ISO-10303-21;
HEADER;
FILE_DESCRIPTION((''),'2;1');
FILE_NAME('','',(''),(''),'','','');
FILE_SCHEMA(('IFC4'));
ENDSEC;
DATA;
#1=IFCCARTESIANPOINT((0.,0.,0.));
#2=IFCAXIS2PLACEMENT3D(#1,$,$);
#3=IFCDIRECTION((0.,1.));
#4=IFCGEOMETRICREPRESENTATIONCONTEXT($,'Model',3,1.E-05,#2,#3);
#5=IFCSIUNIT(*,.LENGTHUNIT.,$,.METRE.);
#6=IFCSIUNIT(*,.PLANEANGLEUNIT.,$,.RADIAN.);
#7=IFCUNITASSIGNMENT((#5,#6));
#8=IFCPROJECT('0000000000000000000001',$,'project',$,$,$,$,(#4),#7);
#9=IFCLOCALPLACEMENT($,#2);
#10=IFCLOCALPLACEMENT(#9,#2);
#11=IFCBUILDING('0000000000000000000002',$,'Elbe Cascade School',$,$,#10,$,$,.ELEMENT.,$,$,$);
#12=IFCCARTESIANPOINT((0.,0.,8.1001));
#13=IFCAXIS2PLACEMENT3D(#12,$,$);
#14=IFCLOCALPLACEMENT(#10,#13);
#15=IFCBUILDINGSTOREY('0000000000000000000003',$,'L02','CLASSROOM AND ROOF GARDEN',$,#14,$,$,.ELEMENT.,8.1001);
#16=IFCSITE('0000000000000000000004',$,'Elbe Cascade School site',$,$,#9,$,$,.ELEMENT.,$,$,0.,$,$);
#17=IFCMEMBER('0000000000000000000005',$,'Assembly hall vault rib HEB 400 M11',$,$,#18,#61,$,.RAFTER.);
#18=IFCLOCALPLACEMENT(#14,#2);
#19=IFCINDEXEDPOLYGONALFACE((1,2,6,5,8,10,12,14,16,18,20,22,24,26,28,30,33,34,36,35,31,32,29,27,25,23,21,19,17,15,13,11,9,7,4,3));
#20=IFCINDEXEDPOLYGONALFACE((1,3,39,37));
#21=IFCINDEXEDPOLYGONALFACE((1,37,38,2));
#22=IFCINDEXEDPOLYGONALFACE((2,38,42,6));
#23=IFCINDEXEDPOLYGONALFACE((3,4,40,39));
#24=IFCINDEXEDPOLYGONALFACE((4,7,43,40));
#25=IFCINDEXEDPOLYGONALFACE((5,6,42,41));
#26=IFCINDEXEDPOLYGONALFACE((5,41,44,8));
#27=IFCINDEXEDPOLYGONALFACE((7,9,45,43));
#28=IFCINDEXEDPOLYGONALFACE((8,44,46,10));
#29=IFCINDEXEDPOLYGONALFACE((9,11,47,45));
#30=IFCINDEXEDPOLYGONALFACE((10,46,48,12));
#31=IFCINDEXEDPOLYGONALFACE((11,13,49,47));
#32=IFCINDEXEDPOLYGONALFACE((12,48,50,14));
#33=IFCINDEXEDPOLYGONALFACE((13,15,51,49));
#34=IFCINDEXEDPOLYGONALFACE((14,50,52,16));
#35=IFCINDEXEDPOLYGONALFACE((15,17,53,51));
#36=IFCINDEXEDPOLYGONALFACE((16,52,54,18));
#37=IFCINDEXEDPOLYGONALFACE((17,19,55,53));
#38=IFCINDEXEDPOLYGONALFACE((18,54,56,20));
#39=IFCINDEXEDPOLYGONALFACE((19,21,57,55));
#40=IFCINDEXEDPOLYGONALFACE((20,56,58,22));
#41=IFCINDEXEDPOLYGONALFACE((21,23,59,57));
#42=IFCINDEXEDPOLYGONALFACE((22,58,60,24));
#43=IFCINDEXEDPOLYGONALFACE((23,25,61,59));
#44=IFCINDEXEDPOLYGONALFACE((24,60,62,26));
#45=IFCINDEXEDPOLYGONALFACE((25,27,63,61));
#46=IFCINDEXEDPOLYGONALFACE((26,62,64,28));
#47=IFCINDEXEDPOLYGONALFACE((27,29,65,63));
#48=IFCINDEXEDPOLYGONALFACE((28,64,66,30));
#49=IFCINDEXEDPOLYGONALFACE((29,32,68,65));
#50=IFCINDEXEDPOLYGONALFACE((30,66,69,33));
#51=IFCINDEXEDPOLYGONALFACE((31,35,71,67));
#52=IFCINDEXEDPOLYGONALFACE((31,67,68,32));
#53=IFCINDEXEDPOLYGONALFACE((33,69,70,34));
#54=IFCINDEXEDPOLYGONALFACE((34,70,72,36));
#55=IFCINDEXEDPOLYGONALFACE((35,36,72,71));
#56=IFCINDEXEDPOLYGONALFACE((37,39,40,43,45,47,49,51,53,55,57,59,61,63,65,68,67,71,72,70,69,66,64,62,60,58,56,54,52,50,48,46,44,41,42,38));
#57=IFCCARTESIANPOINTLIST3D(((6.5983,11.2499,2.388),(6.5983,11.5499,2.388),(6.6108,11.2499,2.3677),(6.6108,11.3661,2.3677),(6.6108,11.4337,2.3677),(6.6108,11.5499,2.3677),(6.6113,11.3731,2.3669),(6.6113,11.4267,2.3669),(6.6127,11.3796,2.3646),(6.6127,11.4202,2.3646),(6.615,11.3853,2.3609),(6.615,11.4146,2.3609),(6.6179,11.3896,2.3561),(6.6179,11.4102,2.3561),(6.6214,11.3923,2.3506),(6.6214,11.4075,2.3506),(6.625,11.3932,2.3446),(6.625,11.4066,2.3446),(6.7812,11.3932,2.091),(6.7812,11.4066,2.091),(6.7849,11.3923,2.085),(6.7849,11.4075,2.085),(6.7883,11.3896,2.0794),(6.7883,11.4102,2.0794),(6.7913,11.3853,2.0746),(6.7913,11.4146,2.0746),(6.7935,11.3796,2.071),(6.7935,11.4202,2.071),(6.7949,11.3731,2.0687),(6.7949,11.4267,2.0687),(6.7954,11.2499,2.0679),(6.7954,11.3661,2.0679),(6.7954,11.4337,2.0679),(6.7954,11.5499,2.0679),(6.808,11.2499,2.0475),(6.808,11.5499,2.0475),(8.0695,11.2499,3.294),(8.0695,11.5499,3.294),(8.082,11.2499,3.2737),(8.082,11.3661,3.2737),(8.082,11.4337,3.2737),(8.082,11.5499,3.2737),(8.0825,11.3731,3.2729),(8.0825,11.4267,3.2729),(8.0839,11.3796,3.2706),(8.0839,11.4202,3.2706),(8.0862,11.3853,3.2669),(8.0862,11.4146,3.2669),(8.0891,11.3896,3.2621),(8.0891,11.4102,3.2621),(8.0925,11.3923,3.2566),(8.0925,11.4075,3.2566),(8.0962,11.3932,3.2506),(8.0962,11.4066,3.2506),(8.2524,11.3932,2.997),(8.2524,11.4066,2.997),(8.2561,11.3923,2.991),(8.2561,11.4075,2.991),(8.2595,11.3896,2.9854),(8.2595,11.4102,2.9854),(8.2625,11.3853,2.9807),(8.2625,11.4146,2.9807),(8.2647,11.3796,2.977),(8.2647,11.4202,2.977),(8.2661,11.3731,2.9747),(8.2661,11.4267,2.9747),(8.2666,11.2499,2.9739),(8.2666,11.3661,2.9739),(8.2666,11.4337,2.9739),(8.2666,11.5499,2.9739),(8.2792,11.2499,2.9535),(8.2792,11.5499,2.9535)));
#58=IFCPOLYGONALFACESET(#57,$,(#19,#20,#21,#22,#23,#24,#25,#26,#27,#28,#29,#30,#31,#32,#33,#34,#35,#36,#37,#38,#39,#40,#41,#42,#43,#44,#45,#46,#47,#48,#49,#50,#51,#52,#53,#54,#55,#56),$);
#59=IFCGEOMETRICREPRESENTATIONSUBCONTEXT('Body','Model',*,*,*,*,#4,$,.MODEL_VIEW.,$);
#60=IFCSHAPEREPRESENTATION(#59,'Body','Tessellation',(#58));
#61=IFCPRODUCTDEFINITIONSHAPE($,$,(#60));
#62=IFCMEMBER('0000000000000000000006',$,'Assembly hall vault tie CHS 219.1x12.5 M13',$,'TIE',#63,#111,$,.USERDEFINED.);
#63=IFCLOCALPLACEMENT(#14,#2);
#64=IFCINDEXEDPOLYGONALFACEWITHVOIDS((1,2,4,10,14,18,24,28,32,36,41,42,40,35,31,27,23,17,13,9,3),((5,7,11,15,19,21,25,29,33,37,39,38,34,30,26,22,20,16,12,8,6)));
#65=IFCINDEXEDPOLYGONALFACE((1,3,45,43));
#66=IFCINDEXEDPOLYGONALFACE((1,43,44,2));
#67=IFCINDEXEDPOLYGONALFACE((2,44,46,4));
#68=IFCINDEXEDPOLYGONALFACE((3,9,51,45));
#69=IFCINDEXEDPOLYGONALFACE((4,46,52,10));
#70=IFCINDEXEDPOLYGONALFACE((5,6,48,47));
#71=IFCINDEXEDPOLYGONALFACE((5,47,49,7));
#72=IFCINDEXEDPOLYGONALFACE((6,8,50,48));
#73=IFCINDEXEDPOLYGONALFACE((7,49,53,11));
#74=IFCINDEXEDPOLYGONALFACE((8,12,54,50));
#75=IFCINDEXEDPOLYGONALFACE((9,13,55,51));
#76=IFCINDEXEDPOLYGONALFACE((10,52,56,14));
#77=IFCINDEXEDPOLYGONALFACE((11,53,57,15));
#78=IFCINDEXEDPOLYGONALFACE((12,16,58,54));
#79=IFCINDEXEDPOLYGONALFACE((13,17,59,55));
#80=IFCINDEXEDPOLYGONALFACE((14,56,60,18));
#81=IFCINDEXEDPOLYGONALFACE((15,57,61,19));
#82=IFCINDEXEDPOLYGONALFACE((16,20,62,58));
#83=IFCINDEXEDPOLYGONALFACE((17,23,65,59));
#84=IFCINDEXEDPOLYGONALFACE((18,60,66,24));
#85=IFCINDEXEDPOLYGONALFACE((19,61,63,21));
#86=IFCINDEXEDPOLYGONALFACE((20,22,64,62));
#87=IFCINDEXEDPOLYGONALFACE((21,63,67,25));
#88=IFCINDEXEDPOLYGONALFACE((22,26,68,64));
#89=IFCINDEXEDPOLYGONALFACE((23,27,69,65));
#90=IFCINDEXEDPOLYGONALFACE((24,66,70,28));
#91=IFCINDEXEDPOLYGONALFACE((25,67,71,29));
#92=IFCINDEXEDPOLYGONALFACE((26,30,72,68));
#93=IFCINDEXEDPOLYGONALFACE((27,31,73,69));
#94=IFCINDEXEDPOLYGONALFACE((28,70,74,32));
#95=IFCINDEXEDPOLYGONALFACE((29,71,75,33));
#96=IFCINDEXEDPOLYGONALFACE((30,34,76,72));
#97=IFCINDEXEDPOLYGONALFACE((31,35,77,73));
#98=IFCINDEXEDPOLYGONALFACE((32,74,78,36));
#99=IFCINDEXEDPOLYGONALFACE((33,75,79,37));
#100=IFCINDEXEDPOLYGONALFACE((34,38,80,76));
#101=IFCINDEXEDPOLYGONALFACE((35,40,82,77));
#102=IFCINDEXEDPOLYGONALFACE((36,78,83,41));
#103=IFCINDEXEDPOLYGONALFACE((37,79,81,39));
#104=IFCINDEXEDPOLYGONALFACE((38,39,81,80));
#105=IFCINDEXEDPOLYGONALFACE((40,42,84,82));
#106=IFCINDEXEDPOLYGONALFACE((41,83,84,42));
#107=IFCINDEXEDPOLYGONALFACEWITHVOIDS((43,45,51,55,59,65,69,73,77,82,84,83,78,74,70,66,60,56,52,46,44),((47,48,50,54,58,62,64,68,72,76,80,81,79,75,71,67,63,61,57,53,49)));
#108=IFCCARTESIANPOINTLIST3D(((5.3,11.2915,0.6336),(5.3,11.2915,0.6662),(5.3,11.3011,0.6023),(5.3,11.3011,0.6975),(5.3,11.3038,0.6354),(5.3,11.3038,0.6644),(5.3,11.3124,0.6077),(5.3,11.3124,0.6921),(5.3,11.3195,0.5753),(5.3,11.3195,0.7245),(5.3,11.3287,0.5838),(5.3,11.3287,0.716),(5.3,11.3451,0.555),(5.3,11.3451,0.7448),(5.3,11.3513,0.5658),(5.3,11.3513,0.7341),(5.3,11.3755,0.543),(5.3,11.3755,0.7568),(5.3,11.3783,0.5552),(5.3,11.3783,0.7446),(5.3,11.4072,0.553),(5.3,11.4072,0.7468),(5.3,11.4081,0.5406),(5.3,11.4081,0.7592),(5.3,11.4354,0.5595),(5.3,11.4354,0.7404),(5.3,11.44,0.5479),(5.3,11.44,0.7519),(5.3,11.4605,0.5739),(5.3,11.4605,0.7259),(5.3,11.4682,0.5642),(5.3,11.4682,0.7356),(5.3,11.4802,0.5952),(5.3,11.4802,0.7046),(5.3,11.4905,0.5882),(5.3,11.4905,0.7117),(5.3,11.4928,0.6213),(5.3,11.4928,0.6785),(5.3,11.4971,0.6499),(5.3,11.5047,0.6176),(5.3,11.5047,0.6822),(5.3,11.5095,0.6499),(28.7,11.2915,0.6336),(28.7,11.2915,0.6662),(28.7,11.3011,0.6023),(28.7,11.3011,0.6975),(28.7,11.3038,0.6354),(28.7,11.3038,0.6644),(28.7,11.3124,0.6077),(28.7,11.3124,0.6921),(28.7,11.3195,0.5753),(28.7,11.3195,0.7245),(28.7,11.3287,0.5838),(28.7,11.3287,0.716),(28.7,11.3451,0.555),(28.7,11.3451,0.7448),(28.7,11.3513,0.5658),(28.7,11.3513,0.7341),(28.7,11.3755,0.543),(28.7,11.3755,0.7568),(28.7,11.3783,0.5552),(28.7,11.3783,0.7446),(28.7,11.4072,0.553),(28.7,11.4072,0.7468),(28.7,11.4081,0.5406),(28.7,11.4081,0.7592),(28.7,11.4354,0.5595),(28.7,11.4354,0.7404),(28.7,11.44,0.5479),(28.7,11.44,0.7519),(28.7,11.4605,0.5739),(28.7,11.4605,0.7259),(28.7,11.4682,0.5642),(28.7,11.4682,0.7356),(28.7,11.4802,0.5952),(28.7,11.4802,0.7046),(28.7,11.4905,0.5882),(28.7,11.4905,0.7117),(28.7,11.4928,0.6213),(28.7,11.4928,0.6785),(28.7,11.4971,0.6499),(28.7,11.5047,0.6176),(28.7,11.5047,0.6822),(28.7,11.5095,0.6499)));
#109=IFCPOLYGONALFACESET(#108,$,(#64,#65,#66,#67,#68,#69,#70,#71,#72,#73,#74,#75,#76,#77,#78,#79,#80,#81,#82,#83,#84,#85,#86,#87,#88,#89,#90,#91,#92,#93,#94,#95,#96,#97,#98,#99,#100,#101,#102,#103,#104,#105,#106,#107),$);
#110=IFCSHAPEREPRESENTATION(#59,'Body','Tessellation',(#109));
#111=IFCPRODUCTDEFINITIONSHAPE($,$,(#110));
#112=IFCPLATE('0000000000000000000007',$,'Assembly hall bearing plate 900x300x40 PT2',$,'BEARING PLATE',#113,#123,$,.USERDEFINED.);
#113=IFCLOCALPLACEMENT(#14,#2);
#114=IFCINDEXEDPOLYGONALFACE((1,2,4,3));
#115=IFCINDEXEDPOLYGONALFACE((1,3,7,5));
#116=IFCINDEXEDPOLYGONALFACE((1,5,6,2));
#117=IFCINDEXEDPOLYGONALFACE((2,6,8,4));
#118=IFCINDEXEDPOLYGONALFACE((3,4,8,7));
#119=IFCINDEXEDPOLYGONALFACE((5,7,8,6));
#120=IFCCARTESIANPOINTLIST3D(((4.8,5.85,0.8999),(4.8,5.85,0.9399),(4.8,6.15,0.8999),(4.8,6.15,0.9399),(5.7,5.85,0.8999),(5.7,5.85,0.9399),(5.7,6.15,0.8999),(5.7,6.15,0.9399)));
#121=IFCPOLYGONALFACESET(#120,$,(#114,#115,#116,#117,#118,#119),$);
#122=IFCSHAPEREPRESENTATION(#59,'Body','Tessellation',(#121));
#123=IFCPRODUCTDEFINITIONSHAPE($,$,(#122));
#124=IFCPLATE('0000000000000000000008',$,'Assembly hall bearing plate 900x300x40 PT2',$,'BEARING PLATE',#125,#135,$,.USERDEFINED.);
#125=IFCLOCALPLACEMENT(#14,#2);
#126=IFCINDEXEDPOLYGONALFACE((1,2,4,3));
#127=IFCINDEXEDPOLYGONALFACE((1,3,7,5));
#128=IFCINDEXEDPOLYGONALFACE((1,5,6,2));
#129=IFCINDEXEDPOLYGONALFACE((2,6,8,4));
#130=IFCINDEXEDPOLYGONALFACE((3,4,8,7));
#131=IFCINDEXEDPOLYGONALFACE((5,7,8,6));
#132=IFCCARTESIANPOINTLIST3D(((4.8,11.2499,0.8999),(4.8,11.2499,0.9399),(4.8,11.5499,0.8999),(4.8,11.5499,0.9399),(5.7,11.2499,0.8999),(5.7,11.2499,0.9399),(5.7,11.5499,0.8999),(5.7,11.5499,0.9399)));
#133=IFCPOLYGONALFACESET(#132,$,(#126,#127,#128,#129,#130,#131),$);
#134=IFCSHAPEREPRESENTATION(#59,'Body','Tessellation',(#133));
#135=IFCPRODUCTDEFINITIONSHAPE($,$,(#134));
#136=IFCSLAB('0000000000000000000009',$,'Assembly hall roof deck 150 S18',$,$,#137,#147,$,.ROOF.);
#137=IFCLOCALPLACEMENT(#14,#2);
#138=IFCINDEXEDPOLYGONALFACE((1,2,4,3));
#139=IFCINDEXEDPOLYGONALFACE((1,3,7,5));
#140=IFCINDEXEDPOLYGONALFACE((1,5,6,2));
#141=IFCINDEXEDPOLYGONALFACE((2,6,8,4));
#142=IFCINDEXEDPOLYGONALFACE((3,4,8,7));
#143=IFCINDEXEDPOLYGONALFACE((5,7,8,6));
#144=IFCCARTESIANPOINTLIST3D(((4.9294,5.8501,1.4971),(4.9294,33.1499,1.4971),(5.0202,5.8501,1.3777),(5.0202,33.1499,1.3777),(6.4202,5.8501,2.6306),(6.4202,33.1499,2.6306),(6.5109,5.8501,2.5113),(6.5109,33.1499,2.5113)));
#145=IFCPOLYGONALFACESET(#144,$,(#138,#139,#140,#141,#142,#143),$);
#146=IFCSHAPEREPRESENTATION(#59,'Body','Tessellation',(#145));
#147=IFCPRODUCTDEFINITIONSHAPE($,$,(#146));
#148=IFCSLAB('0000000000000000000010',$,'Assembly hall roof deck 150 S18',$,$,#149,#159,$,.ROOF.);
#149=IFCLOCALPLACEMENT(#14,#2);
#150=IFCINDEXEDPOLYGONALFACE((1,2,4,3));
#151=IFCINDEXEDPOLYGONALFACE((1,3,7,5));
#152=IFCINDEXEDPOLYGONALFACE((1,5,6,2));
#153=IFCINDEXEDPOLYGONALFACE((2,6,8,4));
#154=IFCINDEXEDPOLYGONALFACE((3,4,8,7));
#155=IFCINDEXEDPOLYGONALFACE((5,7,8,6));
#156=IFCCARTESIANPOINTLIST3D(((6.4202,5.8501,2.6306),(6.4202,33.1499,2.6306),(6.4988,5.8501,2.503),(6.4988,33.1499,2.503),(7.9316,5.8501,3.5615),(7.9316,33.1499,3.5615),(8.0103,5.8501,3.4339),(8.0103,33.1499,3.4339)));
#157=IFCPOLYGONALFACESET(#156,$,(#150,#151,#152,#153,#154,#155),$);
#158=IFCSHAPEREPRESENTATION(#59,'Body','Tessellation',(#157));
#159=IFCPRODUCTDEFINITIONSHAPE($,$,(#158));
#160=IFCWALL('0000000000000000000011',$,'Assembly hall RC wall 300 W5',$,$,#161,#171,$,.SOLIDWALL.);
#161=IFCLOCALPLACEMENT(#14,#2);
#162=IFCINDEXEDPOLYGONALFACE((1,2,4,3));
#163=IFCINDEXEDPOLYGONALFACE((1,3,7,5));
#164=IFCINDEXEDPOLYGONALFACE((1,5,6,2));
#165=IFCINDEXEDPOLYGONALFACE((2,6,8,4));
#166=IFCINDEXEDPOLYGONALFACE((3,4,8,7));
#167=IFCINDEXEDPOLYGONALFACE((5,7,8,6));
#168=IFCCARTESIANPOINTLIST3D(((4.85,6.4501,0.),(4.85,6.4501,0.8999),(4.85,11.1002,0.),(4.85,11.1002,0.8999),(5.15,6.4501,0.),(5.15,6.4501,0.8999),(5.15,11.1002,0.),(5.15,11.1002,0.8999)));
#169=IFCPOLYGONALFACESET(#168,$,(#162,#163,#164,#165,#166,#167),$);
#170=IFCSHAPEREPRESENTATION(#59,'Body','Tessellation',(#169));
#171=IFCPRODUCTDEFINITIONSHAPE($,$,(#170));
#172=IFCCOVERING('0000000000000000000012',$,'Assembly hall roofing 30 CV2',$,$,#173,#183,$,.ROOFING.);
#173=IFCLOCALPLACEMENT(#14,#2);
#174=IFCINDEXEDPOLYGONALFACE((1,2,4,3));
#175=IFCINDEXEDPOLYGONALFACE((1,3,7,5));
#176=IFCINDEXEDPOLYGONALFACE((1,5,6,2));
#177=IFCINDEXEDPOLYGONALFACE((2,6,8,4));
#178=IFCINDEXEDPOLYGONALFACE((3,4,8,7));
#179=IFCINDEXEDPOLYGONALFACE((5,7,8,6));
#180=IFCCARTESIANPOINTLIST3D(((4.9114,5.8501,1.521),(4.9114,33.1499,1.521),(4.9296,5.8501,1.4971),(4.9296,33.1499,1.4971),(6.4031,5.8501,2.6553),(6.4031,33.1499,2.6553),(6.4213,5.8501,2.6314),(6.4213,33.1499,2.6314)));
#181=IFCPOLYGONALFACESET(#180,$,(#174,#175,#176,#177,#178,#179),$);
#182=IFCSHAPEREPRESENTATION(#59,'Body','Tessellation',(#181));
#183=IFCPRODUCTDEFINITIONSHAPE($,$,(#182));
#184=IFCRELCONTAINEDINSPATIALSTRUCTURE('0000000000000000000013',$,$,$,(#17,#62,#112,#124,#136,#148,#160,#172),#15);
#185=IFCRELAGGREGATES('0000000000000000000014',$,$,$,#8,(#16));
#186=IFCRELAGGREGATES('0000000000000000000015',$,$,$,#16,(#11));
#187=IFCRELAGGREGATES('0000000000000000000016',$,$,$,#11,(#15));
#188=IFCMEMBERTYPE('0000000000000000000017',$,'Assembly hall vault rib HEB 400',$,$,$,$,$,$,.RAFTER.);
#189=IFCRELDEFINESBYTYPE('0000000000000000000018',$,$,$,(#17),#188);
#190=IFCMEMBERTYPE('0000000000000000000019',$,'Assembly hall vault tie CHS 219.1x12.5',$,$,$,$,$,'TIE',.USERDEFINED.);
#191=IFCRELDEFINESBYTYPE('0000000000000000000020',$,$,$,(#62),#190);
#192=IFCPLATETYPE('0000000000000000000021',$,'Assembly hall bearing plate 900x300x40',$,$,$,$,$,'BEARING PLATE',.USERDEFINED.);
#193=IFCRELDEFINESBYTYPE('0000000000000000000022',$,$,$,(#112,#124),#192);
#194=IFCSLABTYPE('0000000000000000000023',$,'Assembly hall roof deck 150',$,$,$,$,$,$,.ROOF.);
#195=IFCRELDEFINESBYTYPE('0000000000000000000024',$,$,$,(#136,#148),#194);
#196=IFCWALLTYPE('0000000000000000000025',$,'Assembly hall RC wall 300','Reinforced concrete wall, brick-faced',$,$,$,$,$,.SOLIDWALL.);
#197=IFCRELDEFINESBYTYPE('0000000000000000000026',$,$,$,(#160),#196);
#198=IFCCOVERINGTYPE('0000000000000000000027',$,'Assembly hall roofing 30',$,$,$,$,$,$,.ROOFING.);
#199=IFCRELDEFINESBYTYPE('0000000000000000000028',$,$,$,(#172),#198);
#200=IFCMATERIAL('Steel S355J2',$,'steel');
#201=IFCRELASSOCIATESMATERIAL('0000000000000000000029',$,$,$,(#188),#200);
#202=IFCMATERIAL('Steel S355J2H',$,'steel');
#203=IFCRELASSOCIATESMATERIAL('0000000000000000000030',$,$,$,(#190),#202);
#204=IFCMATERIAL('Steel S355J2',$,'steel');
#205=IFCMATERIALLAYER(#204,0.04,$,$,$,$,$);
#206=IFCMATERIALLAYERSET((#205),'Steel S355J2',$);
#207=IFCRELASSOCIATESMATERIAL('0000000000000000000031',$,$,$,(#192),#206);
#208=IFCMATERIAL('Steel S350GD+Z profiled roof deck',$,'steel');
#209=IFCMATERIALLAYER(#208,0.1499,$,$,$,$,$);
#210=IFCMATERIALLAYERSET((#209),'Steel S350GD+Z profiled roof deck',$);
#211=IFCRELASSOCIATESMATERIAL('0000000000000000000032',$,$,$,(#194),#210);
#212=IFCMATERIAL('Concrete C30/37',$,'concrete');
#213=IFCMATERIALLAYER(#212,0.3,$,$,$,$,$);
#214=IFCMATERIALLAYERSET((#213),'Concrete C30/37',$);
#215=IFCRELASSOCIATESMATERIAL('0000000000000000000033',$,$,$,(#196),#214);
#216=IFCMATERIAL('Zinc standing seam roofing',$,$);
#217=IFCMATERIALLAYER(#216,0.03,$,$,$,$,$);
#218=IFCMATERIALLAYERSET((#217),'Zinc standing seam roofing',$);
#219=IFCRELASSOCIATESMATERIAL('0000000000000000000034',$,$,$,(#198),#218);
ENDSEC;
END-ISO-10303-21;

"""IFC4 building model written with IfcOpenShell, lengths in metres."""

from ifc_helpers import new_model, si_unit, direction, frame, frame_2d, origin, origin_2d, place, context, subcontext, project, spatial, polyline, rectangle, hollow_circle, i_section, outline, extrude, material, layer, layer_set, material_profile, profile_set, type_object, element, save


model = new_model("IFC4")

# Units and contexts
model_context = context("Model", 3, precision=1e-05, world=origin(), true_north=direction((0.0, 1.0)))
body_context = subcontext(model_context, "Body", "Model", "MODEL_VIEW")
ifc_project = project(units=[si_unit("LENGTHUNIT", "METRE"), si_unit("PLANEANGLEUNIT", "RADIAN")], contexts=[model_context])

# Site, building, storey
site_placement = place(None, origin())
site = spatial("IfcSite", under=ifc_project, at=site_placement, Name="Elbe Cascade School site", CompositionType="ELEMENT", RefElevation=0.0)
building_placement = place(site_placement, origin())
building = spatial("IfcBuilding", under=site, at=building_placement, Name="Elbe Cascade School", CompositionType="ELEMENT")
storey_placement = place(building_placement, frame((0.0, 0.0, 8.1001)))
storey = spatial("IfcBuildingStorey", under=building, at=storey_placement, Name="L02", Description="CLASSROOM AND ROOF GARDEN", CompositionType="ELEMENT", Elevation=8.1001)

# Members
ifc_material_1 = material(Name="Steel S355J2", Category="steel")
ifc_material_profile_1 = material_profile(ifc_material_1, i_section(OverallWidth=0.3, OverallDepth=0.3999, WebThickness=0.0134, FlangeThickness=0.0239, FilletRadius=0.0271, at=origin_2d()), Name="HEB 400")
ifc_profile_set_1 = profile_set([ifc_material_profile_1], Name="Steel S355J2")
member_type_1 = type_object("IfcMemberType", Name="Assembly hall vault rib HEB 400", PredefinedType="RAFTER", material=ifc_profile_set_1)
member_1_placement = place(storey_placement, frame((6.7031, 11.3999, 2.2178), z_axis=(0.851488, 0.0, 0.524373), x_axis=(0.0, 1.0, 0.0)))
element("IfcMember", 1, at=member_1_placement, inside=storey, type_object=member_type_1, Name="Assembly hall vault rib HEB 400 M11", PredefinedType="RAFTER", context=body_context, shape_type="SweptSolid", body=[
    extrude(i_section(OverallWidth=0.3, OverallDepth=0.3999, WebThickness=0.0134, FlangeThickness=0.0239, FilletRadius=0.0271, at=origin_2d()), origin(), (0.0, 0.0, 1.0), 1.7278),
])
ifc_material_2 = material(Name="Steel S355J2H", Category="steel")
ifc_material_profile_2 = material_profile(ifc_material_2, hollow_circle(Radius=0.1096, WallThickness=0.0125, at=origin_2d()), Name="CHS 219.1x12.5")
ifc_profile_set_2 = profile_set([ifc_material_profile_2], Name="Steel S355J2H")
member_type_2 = type_object("IfcMemberType", Name="Assembly hall vault tie CHS 219.1x12.5", ElementType="TIE", PredefinedType="USERDEFINED", material=ifc_profile_set_2)
member_2_placement = place(storey_placement, frame((5.3, 11.3999, 0.6499), z_axis=(1.0, 0.0, 0.0), x_axis=(0.0, 1.0, 0.0)))
element("IfcMember", 2, at=member_2_placement, inside=storey, type_object=member_type_2, Name="Assembly hall vault tie CHS 219.1x12.5 M13", ObjectType="TIE", PredefinedType="USERDEFINED", context=body_context, shape_type="SweptSolid", body=[
    extrude(hollow_circle(Radius=0.1096, WallThickness=0.0125, at=origin_2d()), origin(), (0.0, 0.0, 1.0), 23.3999),
])

# Plates
ifc_material_3 = material(Name="Steel S355J2", Category="steel")
ifc_layer_1 = layer(ifc_material_3, 0.04)
ifc_layer_set_1 = layer_set([ifc_layer_1], Name="Steel S355J2")
plate_type = type_object("IfcPlateType", Name="Assembly hall bearing plate 900x300x40", ElementType="BEARING PLATE", PredefinedType="USERDEFINED", material=ifc_layer_set_1)
for number, where, z_axis, x_axis, name in (
    (3, (5.25, 6.0, 0.8999), (0.0, 0.0, 1.0), (1.0, 0.0, 0.0), "Assembly hall bearing plate 900x300x40 PT2"),
    (4, (5.25, 11.3999, 0.8999), (0.0, 0.0, 1.0), (1.0, 0.0, 0.0), "Assembly hall bearing plate 900x300x40 PT2"),
):
    element("IfcPlate", number, at=place(storey_placement, frame(where, z_axis=z_axis, x_axis=x_axis)), inside=storey, type_object=plate_type, Name=name, ObjectType="BEARING PLATE", PredefinedType="USERDEFINED", context=body_context, shape_type="SweptSolid", body=[
        extrude(rectangle(XDim=0.8999, YDim=0.3, at=origin_2d()), origin(), (0.0, 0.0, 1.0), 0.04),
    ])

# Slabs
ifc_material_4 = material(Name="Steel S350GD+Z profiled roof deck", Category="steel")
ifc_layer_2 = layer(ifc_material_4, 0.1499)
ifc_layer_set_2 = layer_set([ifc_layer_2], Name="Steel S350GD+Z profiled roof deck")
slab_type = type_object("IfcSlabType", Name="Assembly hall roof deck 150", PredefinedType="ROOF", material=ifc_layer_set_2)
slab_1_placement = place(storey_placement, frame((4.9294, 5.8501, 1.4971), z_axis=(-0.605285, 0.0, 0.796009), x_axis=(0.796009, 0.0, 0.605285)))
element("IfcSlab", 5, at=slab_1_placement, inside=storey, type_object=slab_type, Name="Assembly hall roof deck 150 S18", PredefinedType="ROOF", context=body_context, shape_type="SweptSolid", body=[
    extrude(outline(polyline([(0.0, 0.0), (1.8727, 0.0), (1.8727, 27.2998), (0.0, 27.2998), (0.0, 0.0)])), origin(), (0.0, 0.0, -1.0), 0.1499),
])
slab_2_placement = place(storey_placement, frame((6.4202, 5.8501, 2.6306), z_axis=(-0.524412, 0.0, 0.851465), x_axis=(0.851465, 0.0, 0.524412)))
element("IfcSlab", 6, at=slab_2_placement, inside=storey, type_object=slab_type, Name="Assembly hall roof deck 150 S18", PredefinedType="ROOF", context=body_context, shape_type="SweptSolid", body=[
    extrude(outline(polyline([(0.0, 0.0), (1.7751, 0.0), (1.7751, 27.2998), (0.0, 27.2998), (0.0, 0.0)])), origin(), (0.0, 0.0, -1.0), 0.1499),
])

# Wall
ifc_material_5 = material(Name="Concrete C30/37", Category="concrete")
ifc_layer_3 = layer(ifc_material_5, 0.3)
ifc_layer_set_3 = layer_set([ifc_layer_3], Name="Concrete C30/37")
wall_type = type_object("IfcWallType", Name="Assembly hall RC wall 300", Description="Reinforced concrete wall, brick-faced", PredefinedType="SOLIDWALL", material=ifc_layer_set_3)
wall_placement = place(storey_placement, frame((5.0, 6.45, 0.0), z_axis=(0.0, 0.0, 1.0), x_axis=(0.0, 1.0, 0.0)))
element("IfcWall", 7, at=wall_placement, inside=storey, type_object=wall_type, Name="Assembly hall RC wall 300 W5", PredefinedType="SOLIDWALL", context=body_context, shape_type="SweptSolid", body=[
    extrude(rectangle(XDim=4.6501, YDim=0.3, at=frame_2d((2.3252, 0.0))), origin(), (0.0, 0.0, 1.0), 0.8999),
])

# Covering
ifc_material_6 = material(Name="Zinc standing seam roofing")
ifc_layer_4 = layer(ifc_material_6, 0.03)
ifc_layer_set_4 = layer_set([ifc_layer_4], Name="Zinc standing seam roofing")
covering_type_1 = type_object("IfcCoveringType", Name="Assembly hall roofing 30", PredefinedType="ROOFING", material=ifc_layer_set_4)
covering_1_placement = place(storey_placement, frame((4.9114, 5.8501, 1.521), z_axis=(-0.605281, 0.0, 0.796012), x_axis=(0.796012, 0.0, 0.605281)))
element("IfcCovering", 8, at=covering_1_placement, inside=storey, type_object=covering_type_1, Name="Assembly hall roofing 30 CV2", PredefinedType="ROOFING", context=body_context, shape_type="SweptSolid", body=[
    extrude(outline(polyline([(0.0, 0.0), (1.874, 0.0), (1.874, 27.2998), (0.0, 27.2998), (0.0, 0.0)])), origin(), (0.0, 0.0, -1.0), 0.03),
])

save(model, "model.ifc")
